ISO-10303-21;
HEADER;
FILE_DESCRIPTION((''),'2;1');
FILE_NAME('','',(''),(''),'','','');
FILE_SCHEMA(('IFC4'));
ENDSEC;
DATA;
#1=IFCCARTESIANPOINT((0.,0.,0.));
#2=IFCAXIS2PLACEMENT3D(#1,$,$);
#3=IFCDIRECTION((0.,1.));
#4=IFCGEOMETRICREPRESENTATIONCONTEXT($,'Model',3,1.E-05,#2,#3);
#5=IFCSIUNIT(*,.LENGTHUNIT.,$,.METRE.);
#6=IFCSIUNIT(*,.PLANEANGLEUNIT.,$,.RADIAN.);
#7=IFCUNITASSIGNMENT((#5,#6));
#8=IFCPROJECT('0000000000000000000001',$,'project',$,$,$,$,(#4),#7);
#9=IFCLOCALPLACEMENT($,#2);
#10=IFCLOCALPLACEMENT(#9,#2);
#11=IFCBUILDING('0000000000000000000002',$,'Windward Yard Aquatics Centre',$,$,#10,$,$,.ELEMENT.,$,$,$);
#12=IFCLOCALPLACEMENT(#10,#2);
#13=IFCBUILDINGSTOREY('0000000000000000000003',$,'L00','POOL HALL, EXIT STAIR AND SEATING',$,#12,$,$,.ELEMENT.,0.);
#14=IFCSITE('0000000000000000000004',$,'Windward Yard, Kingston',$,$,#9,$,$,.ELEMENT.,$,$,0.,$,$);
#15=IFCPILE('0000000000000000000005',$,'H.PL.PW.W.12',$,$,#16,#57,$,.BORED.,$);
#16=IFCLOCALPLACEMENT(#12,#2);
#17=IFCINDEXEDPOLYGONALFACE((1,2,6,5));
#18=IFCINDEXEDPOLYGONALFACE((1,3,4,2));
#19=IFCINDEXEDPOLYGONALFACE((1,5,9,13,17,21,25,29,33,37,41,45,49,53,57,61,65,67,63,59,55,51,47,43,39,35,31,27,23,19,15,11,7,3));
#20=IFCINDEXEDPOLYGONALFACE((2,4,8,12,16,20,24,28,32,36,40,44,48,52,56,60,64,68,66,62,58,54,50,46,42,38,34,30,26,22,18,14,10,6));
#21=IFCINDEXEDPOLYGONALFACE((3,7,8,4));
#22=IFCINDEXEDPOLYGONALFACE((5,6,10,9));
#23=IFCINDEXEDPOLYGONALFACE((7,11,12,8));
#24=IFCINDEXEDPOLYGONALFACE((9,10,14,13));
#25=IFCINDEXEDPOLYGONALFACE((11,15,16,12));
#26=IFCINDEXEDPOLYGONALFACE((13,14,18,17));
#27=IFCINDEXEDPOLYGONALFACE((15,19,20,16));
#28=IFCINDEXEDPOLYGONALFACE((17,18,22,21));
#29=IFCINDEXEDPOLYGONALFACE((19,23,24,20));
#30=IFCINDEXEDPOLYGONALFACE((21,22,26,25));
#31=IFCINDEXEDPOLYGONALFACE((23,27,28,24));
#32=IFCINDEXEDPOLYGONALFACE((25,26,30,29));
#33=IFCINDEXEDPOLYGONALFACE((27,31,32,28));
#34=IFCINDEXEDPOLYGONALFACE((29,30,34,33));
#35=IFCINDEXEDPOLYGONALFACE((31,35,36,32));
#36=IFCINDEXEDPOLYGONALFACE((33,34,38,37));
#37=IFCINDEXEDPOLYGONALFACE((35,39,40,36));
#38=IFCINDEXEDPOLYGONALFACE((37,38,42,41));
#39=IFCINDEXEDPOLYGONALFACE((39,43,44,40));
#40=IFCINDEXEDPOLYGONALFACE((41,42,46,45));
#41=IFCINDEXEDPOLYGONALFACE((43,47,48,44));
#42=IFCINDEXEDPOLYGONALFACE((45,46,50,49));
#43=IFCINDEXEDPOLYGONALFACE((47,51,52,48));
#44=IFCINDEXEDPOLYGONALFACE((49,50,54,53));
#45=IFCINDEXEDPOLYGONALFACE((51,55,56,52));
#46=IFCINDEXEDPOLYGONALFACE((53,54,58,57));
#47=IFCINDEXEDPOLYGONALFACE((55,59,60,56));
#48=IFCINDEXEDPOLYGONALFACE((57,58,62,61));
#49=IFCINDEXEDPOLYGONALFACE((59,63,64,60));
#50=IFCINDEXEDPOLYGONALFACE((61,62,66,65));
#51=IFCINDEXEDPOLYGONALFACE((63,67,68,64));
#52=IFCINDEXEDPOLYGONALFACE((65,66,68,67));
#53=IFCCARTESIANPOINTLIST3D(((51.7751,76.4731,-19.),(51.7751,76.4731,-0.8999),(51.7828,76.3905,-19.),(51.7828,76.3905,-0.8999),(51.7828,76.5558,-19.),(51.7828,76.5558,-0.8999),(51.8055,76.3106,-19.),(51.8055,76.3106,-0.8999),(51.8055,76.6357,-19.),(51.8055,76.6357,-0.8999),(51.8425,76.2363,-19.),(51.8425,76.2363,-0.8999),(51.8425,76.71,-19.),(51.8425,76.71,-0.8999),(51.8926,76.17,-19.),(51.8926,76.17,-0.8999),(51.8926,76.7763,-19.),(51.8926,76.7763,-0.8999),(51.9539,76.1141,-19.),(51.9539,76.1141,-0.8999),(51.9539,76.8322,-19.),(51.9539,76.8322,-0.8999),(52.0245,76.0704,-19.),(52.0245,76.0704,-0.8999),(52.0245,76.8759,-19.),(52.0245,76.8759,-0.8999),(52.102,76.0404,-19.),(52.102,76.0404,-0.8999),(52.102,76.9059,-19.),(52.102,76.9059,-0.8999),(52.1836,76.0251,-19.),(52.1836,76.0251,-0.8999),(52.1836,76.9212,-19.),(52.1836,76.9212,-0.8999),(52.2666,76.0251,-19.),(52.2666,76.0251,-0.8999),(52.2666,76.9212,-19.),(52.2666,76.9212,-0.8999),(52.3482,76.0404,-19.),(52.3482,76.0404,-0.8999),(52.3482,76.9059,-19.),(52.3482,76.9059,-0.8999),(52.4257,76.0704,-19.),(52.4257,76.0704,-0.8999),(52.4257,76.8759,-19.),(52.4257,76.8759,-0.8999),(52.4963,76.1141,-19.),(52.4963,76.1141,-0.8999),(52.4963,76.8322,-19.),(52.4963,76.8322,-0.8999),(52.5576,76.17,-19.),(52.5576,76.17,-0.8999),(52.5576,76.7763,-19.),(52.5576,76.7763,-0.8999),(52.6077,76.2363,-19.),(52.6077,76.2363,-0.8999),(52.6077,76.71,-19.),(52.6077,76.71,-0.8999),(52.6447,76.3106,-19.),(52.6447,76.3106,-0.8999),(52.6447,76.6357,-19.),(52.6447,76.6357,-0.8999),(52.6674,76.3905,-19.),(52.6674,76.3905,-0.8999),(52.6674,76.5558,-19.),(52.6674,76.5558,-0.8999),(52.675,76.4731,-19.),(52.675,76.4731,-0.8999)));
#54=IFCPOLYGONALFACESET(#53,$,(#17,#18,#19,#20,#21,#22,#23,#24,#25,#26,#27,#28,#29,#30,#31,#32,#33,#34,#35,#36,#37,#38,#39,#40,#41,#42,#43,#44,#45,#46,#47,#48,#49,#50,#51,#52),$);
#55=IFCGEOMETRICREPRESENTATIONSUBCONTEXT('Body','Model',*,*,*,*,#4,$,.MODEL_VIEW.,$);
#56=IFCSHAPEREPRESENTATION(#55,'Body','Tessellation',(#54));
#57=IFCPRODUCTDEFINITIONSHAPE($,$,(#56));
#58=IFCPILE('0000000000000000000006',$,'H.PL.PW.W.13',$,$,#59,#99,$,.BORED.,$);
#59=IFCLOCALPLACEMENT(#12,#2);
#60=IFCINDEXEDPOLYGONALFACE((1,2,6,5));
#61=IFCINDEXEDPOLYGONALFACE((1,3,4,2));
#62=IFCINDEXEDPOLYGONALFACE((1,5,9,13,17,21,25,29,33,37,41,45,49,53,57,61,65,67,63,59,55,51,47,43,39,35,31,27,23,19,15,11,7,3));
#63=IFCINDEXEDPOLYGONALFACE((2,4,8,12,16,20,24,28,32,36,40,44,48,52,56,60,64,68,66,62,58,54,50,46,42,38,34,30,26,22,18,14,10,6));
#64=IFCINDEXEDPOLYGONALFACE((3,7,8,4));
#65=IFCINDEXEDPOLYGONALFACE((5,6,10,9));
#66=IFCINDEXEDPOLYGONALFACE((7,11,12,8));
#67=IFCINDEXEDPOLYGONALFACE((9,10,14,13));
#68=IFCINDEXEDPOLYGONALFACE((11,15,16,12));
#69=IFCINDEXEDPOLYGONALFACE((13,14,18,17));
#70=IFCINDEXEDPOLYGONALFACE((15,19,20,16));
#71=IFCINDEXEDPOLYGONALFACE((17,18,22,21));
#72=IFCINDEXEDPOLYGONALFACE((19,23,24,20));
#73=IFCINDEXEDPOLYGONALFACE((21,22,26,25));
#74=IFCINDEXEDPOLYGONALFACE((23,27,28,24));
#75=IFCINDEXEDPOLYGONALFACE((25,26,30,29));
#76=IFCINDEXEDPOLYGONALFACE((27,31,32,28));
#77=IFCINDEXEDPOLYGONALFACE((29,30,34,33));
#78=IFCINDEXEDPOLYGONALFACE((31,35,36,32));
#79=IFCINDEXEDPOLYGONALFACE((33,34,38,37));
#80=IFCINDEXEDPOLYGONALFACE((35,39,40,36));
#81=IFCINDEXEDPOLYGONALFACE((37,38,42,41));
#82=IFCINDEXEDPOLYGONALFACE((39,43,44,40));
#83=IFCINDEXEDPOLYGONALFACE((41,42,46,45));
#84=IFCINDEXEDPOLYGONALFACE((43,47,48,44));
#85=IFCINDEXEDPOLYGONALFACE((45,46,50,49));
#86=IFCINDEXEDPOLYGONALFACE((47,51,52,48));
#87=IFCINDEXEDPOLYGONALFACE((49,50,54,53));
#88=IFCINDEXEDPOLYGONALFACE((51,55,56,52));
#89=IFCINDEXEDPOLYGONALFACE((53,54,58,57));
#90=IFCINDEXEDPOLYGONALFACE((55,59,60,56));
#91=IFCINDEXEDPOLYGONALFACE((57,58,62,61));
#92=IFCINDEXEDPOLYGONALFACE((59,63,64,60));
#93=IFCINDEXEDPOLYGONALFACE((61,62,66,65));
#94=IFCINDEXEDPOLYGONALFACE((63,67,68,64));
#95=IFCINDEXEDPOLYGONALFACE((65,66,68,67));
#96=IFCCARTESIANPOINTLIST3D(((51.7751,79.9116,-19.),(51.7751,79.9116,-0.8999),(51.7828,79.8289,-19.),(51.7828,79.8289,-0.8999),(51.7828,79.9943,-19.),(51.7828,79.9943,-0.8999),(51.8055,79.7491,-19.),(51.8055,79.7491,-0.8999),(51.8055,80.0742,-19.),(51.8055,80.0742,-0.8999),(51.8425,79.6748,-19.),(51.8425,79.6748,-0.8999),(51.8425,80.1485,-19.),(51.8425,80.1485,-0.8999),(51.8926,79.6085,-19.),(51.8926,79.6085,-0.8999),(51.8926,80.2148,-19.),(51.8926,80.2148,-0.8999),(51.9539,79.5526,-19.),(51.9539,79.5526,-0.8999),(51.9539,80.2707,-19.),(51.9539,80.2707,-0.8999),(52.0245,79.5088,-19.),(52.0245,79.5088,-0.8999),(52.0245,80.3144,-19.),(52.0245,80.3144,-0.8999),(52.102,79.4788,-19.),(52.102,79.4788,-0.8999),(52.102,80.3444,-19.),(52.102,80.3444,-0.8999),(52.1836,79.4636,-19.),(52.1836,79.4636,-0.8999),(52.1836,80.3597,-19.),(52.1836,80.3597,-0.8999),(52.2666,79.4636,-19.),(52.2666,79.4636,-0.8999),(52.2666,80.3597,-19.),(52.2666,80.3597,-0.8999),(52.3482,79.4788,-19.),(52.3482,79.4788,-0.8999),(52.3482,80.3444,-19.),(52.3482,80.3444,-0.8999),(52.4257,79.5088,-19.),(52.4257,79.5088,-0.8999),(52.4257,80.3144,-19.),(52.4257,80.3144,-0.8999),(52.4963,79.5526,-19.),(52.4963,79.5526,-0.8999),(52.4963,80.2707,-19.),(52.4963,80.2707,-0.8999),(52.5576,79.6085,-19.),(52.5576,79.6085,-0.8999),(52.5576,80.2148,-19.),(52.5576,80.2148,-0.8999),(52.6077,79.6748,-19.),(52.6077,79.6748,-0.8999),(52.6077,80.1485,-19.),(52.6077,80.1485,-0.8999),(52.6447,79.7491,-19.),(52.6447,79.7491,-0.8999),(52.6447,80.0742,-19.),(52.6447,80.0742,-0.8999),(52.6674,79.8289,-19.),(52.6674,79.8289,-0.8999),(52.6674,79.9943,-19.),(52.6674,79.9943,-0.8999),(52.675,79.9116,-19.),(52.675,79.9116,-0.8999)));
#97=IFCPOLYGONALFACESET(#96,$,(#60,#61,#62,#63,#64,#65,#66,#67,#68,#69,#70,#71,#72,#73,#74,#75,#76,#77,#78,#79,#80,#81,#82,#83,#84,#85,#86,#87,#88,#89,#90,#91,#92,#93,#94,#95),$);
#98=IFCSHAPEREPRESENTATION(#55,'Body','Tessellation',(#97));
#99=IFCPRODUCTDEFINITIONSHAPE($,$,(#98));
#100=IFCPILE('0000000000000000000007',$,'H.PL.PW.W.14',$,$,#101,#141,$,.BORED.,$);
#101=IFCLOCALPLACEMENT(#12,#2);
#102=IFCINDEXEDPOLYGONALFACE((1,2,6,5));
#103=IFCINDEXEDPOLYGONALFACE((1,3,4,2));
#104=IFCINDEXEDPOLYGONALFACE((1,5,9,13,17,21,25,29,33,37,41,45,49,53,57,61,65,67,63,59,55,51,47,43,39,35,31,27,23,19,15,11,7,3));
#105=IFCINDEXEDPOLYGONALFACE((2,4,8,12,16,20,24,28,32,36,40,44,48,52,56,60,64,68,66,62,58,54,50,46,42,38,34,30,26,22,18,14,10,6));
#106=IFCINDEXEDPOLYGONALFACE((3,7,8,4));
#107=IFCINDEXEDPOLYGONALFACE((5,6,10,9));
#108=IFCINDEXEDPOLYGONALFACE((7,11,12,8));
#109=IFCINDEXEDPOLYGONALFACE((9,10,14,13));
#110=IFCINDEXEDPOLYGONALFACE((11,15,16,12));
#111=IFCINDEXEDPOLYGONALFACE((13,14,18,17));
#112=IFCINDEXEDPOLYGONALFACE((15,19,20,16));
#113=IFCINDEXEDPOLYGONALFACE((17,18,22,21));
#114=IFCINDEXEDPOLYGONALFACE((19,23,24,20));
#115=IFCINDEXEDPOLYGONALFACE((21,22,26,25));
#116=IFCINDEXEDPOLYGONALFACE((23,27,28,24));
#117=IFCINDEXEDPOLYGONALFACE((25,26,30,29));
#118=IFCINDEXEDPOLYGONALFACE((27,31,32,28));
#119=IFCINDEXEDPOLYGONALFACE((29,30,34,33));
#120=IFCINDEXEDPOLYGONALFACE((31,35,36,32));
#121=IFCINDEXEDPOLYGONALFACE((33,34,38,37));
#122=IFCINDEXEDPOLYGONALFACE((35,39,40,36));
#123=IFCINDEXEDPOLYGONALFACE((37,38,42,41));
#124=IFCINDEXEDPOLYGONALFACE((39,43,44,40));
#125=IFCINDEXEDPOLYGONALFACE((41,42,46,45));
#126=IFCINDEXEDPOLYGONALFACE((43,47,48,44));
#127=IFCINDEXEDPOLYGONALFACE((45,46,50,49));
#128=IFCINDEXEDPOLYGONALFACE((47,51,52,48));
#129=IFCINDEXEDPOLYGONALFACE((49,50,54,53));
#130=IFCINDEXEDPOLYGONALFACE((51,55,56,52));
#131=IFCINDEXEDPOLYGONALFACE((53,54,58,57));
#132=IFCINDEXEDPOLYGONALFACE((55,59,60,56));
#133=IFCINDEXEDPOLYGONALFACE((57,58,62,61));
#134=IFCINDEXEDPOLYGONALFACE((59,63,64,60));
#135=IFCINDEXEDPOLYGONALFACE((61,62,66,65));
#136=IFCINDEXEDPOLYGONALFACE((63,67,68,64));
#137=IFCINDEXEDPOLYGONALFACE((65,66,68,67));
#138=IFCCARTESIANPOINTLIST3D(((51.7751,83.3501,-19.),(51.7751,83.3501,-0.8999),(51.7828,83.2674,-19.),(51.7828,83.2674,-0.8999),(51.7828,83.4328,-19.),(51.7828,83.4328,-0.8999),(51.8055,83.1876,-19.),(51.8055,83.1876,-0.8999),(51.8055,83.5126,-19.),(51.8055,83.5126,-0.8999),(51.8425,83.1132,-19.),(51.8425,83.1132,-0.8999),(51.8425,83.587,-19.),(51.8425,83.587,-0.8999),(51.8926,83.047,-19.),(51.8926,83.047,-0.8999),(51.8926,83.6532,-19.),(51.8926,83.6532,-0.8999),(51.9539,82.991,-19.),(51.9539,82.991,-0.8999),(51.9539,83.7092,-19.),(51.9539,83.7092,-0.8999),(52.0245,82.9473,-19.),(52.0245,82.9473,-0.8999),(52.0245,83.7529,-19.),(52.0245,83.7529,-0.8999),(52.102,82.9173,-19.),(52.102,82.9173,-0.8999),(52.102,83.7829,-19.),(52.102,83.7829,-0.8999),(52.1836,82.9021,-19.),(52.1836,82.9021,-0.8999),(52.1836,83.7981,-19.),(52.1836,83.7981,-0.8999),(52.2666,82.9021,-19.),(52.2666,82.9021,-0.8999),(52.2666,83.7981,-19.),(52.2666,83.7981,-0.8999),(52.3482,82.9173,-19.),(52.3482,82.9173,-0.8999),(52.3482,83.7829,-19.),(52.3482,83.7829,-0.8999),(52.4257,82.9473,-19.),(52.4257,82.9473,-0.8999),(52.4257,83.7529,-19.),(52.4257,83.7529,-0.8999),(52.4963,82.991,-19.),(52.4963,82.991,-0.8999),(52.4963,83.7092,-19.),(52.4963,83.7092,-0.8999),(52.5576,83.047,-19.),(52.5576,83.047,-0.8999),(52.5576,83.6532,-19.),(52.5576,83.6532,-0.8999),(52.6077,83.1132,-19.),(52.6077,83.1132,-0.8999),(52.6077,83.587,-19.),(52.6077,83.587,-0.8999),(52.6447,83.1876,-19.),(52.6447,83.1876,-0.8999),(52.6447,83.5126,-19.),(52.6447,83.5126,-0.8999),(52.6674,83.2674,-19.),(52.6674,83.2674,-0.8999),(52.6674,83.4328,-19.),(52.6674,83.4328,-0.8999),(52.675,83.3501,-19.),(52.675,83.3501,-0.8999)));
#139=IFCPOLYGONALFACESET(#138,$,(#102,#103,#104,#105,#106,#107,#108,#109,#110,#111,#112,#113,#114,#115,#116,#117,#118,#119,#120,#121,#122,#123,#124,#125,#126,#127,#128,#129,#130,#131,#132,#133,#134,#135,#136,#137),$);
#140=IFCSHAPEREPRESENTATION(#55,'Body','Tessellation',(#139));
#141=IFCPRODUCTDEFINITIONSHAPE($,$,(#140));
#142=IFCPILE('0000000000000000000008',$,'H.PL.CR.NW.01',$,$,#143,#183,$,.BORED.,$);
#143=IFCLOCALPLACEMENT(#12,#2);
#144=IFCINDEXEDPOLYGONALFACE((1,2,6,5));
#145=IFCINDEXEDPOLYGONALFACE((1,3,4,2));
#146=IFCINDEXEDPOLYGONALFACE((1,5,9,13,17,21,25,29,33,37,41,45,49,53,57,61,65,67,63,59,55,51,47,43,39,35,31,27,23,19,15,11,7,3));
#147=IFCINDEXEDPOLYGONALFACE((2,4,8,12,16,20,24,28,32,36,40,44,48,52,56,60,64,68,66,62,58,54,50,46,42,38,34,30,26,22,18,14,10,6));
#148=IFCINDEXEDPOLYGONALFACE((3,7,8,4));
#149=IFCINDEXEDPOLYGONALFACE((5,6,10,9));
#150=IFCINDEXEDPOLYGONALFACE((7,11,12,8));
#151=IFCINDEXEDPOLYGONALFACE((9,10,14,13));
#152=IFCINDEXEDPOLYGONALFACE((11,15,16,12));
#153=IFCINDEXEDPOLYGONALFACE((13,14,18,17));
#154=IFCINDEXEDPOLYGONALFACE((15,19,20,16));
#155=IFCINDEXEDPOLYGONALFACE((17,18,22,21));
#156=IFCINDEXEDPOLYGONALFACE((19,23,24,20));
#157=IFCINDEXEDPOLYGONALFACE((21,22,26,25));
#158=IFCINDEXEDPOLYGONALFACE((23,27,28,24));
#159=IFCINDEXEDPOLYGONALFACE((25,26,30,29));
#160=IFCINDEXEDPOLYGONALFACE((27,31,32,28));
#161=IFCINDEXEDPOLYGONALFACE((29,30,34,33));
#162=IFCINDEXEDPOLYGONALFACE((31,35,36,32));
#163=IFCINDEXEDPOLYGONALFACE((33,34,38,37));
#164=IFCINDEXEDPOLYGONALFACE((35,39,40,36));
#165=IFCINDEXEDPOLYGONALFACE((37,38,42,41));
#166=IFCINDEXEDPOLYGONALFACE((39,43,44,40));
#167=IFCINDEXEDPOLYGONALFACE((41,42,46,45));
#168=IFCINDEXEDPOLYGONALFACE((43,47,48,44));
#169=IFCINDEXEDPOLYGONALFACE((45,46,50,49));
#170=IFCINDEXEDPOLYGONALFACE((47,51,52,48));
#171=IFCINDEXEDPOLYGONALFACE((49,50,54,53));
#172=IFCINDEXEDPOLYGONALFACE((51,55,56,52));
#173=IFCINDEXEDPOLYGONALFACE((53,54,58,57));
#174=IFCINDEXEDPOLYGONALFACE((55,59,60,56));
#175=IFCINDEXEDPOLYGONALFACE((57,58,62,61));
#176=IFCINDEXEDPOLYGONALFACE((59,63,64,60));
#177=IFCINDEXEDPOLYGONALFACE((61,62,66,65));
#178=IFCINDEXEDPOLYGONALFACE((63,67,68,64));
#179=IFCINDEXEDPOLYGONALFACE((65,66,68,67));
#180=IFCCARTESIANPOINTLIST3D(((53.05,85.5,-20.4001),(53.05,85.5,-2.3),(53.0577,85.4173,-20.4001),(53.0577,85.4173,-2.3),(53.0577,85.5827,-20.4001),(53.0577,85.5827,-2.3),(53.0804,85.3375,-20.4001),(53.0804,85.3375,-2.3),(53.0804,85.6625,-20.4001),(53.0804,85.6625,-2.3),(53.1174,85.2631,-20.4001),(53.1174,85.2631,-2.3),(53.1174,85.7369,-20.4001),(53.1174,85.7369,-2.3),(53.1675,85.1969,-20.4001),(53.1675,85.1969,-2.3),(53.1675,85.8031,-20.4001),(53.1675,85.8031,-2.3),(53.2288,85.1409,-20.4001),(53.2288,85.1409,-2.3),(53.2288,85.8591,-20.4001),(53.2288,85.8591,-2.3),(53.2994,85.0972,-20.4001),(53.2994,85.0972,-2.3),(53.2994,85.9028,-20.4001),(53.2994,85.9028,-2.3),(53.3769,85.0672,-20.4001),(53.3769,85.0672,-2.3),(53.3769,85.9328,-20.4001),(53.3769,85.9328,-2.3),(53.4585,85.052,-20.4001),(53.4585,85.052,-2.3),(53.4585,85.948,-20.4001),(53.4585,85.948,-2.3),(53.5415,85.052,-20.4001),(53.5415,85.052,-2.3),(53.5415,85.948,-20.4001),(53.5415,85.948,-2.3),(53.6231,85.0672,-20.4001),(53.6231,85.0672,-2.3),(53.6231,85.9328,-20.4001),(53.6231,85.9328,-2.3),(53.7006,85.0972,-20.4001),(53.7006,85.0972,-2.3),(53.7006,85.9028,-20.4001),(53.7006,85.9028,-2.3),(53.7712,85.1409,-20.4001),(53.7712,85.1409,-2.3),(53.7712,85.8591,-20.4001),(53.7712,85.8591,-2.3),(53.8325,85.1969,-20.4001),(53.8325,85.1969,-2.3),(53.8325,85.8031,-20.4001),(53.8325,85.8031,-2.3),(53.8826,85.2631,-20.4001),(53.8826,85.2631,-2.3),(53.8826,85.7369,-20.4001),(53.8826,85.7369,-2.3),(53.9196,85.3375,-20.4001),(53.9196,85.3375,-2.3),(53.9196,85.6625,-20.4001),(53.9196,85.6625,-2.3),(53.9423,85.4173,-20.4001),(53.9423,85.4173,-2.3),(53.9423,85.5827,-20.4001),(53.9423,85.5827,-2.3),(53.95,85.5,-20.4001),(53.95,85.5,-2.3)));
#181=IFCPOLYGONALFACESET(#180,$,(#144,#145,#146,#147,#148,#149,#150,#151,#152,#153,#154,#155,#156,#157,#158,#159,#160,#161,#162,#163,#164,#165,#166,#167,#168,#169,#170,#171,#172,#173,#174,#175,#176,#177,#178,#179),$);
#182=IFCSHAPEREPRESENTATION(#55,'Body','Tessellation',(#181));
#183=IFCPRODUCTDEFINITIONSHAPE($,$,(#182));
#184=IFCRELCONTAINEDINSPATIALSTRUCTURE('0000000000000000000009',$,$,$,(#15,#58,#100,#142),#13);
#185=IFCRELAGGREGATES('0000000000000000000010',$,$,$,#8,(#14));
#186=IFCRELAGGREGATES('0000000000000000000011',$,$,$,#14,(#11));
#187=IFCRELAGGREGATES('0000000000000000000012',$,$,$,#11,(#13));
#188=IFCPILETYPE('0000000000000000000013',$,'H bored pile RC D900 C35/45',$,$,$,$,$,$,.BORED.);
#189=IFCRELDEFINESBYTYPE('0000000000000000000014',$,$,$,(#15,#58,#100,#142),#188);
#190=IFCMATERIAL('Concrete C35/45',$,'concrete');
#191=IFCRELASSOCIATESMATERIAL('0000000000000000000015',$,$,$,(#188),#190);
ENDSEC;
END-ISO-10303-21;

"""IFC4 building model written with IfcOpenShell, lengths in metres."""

from ifc_helpers import new_model, si_unit, direction, frame, origin, origin_2d, place, context, subcontext, project, spatial, circle, extrude, material, material_profile, profile_set, type_object, element, save


model = new_model("IFC4")

# Units and contexts
model_context = context("Model", 3, precision=1e-05, world=origin(), true_north=direction((0.0, 1.0)))
body_context = subcontext(model_context, "Body", "Model", "MODEL_VIEW")
ifc_project = project(units=[si_unit("LENGTHUNIT", "METRE"), si_unit("PLANEANGLEUNIT", "RADIAN")], contexts=[model_context])

# Site, building, storey
site_placement = place(None, origin())
site = spatial("IfcSite", under=ifc_project, at=site_placement, Name="Windward Yard, Kingston", CompositionType="ELEMENT", RefElevation=0.0)
building_placement = place(site_placement, origin())
building = spatial("IfcBuilding", under=site, at=building_placement, Name="Windward Yard Aquatics Centre", CompositionType="ELEMENT")
storey_placement = place(building_placement, origin())
storey = spatial("IfcBuildingStorey", under=building, at=storey_placement, Name="L00", Description="POOL HALL, EXIT STAIR AND SEATING", CompositionType="ELEMENT", Elevation=0.0)

# Piles
ifc_material_1 = material(Name="Concrete C35/45", Category="concrete")
ifc_material_profile_1 = material_profile(ifc_material_1, circle(Radius=0.45, at=origin_2d()), Name="RC D900")
ifc_profile_set_1 = profile_set([ifc_material_profile_1], Name="Concrete C35/45")
pile_type_1 = type_object("IfcPileType", Name="H bored pile RC D900 C35/45", PredefinedType="BORED", material=ifc_profile_set_1)
for number, where, z_axis, x_axis, name in (
    (1, (52.2251, 76.4731, -0.8999), (0.0, 0.0, -1.0), (1.0, 0.0, 0.0), "H.PL.PW.W.12"),
    (2, (52.2251, 79.9116, -0.8999), (0.0, 0.0, -1.0), (1.0, 0.0, 0.0), "H.PL.PW.W.13"),
    (3, (52.2251, 83.3501, -0.8999), (0.0, 0.0, -1.0), (1.0, 0.0, 0.0), "H.PL.PW.W.14"),
    (4, (53.5, 85.5, -2.3), (0.0, 0.0, -1.0), (1.0, 0.0, 0.0), "H.PL.CR.NW.01"),
):
    element("IfcPile", number, at=place(storey_placement, frame(where, z_axis=z_axis, x_axis=x_axis)), inside=storey, type_object=pile_type_1, Name=name, PredefinedType="BORED", context=body_context, shape_type="SweptSolid", body=[
        extrude(circle(Radius=0.45, at=origin_2d()), origin(), (0.0, 0.0, 1.0), 18.1001),
    ])

save(model, "model.ifc")
